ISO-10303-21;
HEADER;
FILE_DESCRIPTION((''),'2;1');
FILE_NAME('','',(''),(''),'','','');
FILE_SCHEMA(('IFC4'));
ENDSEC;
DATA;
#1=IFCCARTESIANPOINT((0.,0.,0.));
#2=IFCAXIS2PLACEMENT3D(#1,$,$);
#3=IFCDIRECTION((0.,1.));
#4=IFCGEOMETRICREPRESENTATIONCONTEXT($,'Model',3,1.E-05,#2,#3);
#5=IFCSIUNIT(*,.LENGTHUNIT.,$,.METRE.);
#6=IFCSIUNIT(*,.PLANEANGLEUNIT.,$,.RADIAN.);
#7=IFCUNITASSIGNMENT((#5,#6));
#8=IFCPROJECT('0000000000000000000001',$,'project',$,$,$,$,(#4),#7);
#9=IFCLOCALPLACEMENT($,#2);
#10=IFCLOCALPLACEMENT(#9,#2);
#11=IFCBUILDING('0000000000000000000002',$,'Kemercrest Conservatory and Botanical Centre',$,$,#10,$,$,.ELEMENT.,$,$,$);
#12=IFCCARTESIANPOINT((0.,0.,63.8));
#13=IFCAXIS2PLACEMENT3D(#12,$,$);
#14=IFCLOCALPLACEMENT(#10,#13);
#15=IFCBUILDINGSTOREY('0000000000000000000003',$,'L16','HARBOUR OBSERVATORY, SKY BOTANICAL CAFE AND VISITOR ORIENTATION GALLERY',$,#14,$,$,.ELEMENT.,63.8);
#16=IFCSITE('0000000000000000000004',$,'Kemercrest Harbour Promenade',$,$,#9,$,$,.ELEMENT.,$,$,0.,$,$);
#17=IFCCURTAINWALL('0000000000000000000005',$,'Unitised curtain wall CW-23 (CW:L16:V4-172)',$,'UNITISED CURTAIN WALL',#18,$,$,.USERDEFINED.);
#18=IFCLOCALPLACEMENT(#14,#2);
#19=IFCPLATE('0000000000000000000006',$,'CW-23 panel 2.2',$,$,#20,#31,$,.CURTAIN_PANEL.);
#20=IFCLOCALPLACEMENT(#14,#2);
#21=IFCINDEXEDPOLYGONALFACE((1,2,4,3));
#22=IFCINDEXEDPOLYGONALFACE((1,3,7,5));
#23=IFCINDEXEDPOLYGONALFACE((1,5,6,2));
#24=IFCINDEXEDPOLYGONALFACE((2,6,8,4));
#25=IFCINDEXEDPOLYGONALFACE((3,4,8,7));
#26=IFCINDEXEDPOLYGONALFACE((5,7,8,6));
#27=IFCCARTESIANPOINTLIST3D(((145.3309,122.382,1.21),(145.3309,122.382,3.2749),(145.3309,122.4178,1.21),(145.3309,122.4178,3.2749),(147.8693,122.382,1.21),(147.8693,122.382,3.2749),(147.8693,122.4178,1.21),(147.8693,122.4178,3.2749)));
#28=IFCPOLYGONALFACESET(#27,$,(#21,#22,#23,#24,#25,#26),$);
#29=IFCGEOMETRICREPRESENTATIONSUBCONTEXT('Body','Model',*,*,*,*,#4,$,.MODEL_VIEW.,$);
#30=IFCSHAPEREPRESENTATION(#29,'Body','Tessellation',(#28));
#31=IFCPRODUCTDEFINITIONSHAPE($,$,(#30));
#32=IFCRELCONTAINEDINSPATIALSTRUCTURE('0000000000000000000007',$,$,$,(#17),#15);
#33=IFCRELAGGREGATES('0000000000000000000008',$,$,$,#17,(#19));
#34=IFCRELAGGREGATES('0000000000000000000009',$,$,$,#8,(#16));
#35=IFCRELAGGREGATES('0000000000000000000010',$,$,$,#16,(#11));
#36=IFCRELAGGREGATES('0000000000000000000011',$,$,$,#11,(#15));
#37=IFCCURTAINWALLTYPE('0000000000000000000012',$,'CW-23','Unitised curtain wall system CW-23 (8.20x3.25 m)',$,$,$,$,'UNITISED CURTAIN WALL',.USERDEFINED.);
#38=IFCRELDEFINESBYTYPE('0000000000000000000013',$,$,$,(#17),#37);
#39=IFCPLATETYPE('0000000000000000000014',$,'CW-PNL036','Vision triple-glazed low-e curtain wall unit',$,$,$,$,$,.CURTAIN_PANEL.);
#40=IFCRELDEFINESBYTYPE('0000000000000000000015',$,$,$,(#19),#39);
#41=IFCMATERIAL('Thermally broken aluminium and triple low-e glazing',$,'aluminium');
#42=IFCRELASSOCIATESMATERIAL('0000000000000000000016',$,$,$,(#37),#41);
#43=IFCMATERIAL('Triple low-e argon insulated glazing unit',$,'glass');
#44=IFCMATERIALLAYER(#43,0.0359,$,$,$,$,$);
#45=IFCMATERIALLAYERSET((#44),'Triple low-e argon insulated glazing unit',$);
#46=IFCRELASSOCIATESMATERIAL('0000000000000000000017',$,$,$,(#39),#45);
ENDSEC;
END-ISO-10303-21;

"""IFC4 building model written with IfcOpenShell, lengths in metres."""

from ifc_helpers import new_model, si_unit, direction, frame, origin, origin_2d, place, context, subcontext, project, spatial, rectangle, extrude, material, layer, layer_set, type_object, element, aggregate, save


model = new_model("IFC4")

# Units and contexts
model_context = context("Model", 3, precision=1e-05, world=origin(), true_north=direction((0.0, 1.0)))
body_context = subcontext(model_context, "Body", "Model", "MODEL_VIEW")
ifc_project = project(units=[si_unit("LENGTHUNIT", "METRE"), si_unit("PLANEANGLEUNIT", "RADIAN")], contexts=[model_context])

# Site, building, storey
site_placement = place(None, origin())
site = spatial("IfcSite", under=ifc_project, at=site_placement, Name="Kemercrest Harbour Promenade", CompositionType="ELEMENT", RefElevation=0.0)
building_placement = place(site_placement, origin())
building = spatial("IfcBuilding", under=site, at=building_placement, Name="Kemercrest Conservatory and Botanical Centre", CompositionType="ELEMENT")
storey_placement = place(building_placement, frame((0.0, 0.0, 63.8)))
storey = spatial("IfcBuildingStorey", under=building, at=storey_placement, Name="L16", Description="HARBOUR OBSERVATORY, SKY BOTANICAL CAFE AND VISITOR ORIENTATION GALLERY", CompositionType="ELEMENT", Elevation=63.8)

# Curtain wall
ifc_material_1 = material(Name="Thermally broken aluminium and triple low-e glazing", Category="aluminium")
curtain_wall_type_1 = type_object("IfcCurtainWallType", Name="CW-23", Description="Unitised curtain wall system CW-23 (8.20x3.25 m)", ElementType="UNITISED CURTAIN WALL", PredefinedType="USERDEFINED", material=ifc_material_1)
curtain_wall_1_placement = place(storey_placement, origin())
curtain_wall_1 = element("IfcCurtainWall", 1, at=curtain_wall_1_placement, inside=storey, type_object=curtain_wall_type_1, Name="Unitised curtain wall CW-23 (CW:L16:V4-172)", ObjectType="UNITISED CURTAIN WALL", PredefinedType="USERDEFINED")

# Plate
ifc_material_2 = material(Name="Triple low-e argon insulated glazing unit", Category="glass")
ifc_layer = layer(ifc_material_2, 0.0359)
ifc_layer_set = layer_set([ifc_layer], Name="Triple low-e argon insulated glazing unit")
plate_type = type_object("IfcPlateType", Name="CW-PNL036", Description="Vision triple-glazed low-e curtain wall unit", PredefinedType="CURTAIN_PANEL", material=ifc_layer_set)
plate_1_placement = place(storey_placement, frame((146.6001, 122.3999, 1.21), z_axis=(0.0, 0.0, 1.0), x_axis=(-1.0, 0.0, 0.0)))
plate_1 = element("IfcPlate", 2, at=plate_1_placement, type_object=plate_type, Name="CW-23 panel 2.2", PredefinedType="CURTAIN_PANEL", context=body_context, shape_type="SweptSolid", body=[
    extrude(rectangle(XDim=2.5383, YDim=0.0359, at=origin_2d()), origin(), (0.0, 0.0, 1.0), 2.0649),
])
aggregate(curtain_wall_1, [plate_1])

save(model, "model.ifc")
